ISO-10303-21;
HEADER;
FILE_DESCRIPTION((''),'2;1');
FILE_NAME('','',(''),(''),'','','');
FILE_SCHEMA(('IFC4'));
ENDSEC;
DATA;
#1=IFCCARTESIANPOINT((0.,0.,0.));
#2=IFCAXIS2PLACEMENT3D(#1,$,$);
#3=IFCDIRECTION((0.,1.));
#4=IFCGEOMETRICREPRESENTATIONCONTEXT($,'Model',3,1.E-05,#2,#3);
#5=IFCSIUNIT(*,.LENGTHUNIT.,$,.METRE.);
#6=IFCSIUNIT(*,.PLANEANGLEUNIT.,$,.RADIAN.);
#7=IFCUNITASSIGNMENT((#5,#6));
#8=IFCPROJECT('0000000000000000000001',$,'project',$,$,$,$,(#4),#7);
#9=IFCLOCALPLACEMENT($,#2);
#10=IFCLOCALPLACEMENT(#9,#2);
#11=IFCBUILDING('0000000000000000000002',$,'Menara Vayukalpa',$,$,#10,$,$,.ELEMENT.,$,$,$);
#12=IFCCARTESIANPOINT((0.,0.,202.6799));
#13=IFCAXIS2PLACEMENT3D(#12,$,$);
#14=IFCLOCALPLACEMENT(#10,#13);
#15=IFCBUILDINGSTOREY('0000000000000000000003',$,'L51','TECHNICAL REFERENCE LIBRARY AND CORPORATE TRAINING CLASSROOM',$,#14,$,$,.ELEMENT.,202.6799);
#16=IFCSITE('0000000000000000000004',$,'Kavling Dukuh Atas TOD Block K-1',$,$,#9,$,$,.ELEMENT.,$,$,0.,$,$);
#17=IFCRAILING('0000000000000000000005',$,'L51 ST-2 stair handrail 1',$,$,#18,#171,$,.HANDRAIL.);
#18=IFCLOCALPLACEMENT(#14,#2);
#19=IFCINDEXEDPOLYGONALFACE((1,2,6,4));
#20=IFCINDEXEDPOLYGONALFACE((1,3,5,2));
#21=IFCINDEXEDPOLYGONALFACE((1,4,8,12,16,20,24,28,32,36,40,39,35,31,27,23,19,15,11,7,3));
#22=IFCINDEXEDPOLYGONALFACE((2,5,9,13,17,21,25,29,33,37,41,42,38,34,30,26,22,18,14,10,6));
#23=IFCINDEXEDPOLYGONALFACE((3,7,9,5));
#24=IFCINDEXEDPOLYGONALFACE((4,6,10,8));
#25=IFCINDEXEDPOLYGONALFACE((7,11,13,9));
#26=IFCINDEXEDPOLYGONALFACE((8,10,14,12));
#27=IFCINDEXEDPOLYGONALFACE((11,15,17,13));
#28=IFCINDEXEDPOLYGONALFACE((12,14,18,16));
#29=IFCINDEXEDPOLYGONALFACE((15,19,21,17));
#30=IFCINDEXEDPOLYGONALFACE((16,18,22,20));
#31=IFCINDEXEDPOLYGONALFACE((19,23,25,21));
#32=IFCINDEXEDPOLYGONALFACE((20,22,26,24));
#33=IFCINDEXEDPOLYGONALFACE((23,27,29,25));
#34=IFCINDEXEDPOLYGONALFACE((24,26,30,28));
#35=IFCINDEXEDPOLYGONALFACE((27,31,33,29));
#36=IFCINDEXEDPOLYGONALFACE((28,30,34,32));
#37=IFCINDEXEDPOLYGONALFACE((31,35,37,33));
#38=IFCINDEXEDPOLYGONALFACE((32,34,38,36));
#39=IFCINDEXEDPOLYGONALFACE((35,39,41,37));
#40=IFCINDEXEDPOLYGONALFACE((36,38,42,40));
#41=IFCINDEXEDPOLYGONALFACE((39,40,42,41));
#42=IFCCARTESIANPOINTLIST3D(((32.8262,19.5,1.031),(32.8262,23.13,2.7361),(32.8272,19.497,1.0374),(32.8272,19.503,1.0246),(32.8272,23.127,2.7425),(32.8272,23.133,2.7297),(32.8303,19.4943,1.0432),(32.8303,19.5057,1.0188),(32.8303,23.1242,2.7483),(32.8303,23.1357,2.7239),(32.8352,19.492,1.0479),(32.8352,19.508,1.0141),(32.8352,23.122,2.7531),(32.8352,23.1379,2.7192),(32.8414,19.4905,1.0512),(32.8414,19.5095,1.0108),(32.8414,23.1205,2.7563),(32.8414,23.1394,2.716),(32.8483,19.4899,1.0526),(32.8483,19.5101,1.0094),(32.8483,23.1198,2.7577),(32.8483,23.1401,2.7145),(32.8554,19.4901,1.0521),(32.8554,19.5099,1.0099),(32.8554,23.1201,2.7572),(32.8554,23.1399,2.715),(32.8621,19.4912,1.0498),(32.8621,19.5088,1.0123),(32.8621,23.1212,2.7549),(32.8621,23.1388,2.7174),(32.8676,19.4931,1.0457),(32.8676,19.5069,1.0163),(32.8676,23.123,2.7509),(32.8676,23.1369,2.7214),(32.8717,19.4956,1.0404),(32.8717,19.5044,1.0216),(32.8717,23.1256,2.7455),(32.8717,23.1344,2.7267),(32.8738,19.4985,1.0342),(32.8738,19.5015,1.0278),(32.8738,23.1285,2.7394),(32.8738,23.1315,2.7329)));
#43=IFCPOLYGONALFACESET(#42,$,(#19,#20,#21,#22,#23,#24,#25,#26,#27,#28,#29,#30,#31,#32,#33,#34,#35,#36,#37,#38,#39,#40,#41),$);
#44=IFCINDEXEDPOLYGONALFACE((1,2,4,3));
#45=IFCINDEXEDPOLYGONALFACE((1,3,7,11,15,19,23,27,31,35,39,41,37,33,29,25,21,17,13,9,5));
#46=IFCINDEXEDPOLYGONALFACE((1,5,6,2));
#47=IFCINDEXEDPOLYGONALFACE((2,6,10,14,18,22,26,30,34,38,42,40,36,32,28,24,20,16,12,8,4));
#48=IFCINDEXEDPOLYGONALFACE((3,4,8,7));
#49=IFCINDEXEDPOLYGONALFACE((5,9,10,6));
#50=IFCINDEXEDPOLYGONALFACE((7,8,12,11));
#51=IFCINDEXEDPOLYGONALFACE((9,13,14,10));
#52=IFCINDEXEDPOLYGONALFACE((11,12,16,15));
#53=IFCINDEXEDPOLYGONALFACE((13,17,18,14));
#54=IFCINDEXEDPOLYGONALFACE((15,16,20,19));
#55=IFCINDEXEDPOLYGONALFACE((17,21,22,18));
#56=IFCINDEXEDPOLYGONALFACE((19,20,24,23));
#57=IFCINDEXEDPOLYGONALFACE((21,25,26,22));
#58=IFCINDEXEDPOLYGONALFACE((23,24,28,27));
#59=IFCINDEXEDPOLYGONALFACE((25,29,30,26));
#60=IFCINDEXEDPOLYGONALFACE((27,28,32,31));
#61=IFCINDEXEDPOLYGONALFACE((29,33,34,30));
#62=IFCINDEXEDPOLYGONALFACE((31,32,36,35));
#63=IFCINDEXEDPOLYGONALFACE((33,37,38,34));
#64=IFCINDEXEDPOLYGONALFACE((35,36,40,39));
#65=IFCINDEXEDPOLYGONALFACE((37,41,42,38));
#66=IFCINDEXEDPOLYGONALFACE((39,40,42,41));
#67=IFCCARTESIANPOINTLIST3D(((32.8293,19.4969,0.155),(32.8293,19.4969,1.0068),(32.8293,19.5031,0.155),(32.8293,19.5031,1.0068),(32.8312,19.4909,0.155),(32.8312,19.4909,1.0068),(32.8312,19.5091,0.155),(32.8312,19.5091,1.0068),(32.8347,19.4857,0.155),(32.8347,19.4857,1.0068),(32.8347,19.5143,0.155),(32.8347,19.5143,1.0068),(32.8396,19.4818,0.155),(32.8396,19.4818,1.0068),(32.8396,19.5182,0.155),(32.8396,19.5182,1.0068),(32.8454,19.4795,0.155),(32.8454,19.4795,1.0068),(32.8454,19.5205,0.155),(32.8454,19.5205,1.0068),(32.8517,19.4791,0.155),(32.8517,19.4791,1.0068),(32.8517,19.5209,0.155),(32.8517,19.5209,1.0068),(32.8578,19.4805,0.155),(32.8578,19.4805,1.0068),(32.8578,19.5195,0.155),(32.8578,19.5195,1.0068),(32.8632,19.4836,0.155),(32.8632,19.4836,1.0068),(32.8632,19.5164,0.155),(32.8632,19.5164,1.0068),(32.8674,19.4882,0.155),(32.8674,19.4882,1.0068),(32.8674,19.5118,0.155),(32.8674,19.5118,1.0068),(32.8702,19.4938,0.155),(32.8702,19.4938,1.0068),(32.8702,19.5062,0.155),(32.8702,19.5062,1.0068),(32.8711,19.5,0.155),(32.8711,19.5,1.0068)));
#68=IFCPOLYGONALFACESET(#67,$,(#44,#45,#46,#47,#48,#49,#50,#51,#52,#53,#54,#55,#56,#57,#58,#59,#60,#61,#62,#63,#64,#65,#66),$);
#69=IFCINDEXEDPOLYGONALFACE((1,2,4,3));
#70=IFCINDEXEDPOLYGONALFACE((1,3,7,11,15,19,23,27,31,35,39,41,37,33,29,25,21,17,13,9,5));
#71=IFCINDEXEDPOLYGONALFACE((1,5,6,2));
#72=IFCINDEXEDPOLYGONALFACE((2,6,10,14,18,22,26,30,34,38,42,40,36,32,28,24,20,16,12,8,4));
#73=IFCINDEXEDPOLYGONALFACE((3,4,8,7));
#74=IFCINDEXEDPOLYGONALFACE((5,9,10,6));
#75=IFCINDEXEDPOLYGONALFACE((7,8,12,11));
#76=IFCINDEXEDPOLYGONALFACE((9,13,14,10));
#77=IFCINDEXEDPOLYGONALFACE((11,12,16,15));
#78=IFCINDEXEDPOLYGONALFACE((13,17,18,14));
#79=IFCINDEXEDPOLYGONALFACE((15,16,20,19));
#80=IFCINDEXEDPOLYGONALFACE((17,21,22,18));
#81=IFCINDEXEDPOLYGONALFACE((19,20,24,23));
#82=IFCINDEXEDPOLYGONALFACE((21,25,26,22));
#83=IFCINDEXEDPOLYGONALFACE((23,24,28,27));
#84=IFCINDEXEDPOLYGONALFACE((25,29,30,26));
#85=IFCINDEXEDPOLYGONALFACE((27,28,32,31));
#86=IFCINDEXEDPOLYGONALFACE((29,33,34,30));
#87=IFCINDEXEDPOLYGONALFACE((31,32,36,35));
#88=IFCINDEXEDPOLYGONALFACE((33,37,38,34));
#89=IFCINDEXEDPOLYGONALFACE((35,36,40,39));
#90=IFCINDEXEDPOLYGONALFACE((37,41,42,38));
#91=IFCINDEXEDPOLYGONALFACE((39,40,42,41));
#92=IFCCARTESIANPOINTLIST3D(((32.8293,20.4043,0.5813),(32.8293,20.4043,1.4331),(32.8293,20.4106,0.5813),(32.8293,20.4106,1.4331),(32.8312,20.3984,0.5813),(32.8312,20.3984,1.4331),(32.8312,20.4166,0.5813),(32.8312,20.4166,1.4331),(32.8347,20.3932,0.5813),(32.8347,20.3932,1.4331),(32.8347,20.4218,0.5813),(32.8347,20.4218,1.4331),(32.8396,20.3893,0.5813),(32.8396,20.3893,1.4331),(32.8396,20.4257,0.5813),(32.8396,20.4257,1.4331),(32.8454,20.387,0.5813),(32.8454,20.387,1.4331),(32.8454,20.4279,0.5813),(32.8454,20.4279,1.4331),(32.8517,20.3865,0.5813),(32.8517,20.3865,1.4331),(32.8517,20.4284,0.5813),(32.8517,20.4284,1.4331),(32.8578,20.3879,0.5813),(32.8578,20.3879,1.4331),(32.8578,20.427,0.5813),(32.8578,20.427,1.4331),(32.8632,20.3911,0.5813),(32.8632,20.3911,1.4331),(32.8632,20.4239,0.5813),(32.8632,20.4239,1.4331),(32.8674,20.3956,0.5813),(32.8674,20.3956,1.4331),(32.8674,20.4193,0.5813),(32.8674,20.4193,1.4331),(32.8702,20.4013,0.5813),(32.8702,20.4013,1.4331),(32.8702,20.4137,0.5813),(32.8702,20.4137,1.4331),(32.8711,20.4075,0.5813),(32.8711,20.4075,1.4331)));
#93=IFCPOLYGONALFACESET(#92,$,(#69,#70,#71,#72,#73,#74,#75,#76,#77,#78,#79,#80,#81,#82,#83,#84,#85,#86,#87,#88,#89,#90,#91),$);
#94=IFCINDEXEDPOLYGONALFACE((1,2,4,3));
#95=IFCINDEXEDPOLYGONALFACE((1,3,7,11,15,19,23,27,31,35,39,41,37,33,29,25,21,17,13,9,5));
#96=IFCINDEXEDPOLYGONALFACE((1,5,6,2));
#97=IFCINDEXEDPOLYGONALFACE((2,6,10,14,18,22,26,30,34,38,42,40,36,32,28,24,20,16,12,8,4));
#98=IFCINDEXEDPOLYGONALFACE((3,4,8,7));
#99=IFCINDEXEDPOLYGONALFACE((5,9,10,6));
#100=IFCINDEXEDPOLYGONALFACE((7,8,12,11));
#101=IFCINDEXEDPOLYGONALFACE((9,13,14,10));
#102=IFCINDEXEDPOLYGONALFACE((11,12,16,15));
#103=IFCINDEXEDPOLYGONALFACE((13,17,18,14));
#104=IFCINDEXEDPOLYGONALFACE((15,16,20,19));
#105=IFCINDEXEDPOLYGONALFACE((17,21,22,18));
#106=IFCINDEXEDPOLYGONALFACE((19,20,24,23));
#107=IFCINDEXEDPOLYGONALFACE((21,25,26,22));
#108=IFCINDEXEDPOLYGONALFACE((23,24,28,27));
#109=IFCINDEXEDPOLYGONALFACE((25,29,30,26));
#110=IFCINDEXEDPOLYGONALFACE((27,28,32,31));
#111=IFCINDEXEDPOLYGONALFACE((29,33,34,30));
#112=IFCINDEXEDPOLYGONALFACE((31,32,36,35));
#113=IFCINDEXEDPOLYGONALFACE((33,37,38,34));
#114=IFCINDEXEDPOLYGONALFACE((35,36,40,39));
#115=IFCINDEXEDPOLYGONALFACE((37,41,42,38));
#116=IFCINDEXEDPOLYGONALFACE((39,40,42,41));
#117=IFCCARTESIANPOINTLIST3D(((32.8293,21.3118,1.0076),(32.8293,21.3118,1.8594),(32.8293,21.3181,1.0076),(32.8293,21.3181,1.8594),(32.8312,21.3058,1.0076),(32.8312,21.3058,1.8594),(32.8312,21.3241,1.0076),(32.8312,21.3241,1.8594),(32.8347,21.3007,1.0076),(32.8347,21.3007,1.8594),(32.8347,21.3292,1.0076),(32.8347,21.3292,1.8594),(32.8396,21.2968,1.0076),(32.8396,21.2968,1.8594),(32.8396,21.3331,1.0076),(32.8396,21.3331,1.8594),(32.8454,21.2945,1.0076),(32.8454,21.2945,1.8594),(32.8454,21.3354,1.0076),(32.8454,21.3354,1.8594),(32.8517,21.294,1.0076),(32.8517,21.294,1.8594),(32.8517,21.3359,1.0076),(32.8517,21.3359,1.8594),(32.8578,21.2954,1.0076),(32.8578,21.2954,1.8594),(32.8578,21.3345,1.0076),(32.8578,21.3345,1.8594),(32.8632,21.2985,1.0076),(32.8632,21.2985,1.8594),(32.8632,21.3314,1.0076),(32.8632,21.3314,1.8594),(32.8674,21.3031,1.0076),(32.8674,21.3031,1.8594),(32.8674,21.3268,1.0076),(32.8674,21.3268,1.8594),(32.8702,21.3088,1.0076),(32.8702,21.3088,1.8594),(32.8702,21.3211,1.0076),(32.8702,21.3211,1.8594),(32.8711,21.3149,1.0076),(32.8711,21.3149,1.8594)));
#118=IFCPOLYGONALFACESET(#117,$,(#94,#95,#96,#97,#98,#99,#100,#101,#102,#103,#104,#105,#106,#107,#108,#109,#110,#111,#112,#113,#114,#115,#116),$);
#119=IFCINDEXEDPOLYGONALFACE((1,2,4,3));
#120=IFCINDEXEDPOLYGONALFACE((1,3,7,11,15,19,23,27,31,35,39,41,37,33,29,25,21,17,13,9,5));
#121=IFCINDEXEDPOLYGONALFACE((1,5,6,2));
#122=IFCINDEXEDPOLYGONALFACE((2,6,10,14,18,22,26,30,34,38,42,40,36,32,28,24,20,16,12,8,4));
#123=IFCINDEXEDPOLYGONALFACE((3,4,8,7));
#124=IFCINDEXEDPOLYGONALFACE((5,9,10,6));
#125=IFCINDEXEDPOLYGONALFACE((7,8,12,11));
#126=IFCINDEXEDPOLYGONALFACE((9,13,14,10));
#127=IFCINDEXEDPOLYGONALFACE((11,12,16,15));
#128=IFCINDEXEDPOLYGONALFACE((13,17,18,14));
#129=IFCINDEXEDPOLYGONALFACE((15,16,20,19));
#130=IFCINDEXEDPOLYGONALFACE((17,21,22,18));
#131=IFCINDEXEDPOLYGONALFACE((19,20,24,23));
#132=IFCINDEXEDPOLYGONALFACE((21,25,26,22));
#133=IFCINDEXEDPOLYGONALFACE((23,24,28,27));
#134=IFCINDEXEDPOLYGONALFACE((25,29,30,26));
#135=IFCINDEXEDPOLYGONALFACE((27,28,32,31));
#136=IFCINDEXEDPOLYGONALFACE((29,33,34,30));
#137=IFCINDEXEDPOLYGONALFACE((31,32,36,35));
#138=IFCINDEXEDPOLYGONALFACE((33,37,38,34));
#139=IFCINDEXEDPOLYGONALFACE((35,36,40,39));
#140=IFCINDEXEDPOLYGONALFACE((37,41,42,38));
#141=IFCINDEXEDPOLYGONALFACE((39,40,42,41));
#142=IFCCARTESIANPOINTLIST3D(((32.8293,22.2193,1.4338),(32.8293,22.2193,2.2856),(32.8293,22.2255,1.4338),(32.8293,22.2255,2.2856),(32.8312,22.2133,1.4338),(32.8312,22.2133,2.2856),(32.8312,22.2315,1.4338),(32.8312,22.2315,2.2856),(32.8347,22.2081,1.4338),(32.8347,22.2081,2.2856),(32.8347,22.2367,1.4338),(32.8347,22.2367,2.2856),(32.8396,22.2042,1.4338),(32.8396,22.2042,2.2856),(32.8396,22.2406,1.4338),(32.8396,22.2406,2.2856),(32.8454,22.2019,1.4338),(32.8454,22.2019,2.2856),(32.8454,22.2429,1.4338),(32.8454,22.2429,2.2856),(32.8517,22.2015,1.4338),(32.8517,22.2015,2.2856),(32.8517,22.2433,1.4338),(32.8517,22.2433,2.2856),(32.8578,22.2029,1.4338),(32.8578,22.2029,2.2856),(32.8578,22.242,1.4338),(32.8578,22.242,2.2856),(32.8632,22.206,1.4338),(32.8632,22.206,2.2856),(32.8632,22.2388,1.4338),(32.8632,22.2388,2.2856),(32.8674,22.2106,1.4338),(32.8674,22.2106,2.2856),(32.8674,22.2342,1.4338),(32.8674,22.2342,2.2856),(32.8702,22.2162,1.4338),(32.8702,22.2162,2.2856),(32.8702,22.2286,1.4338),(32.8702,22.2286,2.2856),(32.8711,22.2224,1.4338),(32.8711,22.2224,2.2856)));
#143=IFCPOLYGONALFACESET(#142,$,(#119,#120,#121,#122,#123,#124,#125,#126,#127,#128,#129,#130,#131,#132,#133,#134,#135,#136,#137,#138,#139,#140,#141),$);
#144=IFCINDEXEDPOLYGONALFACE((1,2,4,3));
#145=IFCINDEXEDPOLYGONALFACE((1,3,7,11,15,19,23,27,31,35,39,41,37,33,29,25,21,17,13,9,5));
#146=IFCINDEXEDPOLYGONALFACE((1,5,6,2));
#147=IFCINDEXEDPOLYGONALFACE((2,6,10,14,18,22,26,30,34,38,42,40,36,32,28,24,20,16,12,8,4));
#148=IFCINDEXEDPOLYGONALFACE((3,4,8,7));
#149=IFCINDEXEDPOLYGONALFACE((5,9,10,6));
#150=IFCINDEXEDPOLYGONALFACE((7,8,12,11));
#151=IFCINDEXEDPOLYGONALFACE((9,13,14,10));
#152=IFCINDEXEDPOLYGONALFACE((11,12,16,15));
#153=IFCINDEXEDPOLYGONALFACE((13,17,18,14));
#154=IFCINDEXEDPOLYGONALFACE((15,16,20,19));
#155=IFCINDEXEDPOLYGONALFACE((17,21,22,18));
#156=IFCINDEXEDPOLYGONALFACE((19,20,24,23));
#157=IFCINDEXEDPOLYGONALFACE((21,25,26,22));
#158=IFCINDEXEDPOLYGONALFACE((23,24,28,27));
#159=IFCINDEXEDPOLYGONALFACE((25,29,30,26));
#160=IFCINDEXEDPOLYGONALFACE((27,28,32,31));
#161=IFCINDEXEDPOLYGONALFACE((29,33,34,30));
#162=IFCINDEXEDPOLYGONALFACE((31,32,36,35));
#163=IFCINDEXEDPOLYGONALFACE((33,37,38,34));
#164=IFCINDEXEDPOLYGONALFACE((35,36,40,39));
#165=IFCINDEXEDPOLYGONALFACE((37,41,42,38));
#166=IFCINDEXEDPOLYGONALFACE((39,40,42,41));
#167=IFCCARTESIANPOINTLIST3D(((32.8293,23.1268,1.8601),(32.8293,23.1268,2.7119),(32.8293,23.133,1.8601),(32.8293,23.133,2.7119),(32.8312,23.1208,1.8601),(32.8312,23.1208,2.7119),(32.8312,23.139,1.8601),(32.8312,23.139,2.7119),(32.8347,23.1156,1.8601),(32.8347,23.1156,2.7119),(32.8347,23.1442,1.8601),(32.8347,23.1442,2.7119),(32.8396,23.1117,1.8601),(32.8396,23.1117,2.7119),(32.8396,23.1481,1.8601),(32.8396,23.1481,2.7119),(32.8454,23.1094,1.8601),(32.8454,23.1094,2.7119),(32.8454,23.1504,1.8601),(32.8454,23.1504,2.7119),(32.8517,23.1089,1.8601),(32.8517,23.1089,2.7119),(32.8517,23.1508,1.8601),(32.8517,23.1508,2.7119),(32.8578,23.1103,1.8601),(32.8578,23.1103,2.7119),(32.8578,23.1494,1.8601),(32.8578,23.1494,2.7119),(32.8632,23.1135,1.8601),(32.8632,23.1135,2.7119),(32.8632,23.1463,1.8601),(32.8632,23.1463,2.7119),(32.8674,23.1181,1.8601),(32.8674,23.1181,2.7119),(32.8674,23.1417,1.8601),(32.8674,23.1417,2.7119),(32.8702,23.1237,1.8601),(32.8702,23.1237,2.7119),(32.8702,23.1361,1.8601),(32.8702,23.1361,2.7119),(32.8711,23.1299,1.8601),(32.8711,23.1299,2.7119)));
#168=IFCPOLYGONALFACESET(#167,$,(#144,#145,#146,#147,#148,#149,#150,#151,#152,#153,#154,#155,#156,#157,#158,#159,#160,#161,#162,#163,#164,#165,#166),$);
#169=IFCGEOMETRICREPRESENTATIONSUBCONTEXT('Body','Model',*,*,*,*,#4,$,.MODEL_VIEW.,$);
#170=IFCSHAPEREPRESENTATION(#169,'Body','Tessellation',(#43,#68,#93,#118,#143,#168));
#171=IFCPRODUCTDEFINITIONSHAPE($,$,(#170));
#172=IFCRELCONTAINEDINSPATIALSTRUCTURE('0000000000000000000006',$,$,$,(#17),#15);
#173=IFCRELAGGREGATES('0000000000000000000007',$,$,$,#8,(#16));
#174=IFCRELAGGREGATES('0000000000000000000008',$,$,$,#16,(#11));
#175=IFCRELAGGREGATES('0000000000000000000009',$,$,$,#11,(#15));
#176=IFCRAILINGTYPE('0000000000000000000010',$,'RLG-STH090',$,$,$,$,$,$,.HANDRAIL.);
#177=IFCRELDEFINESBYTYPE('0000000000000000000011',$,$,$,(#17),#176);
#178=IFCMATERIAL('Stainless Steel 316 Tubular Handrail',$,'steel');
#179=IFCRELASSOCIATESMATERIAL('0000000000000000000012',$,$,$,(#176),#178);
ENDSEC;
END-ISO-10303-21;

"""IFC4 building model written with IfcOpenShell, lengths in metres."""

from ifc_helpers import new_model, si_unit, direction, frame, origin, origin_2d, place, context, subcontext, project, spatial, circle, extrude, material, type_object, element, save


model = new_model("IFC4")

# Units and contexts
model_context = context("Model", 3, precision=1e-05, world=origin(), true_north=direction((0.0, 1.0)))
body_context = subcontext(model_context, "Body", "Model", "MODEL_VIEW")
ifc_project = project(units=[si_unit("LENGTHUNIT", "METRE"), si_unit("PLANEANGLEUNIT", "RADIAN")], contexts=[model_context])

# Site, building, storey
site_placement = place(None, origin())
site = spatial("IfcSite", under=ifc_project, at=site_placement, Name="Kavling Dukuh Atas TOD Block K-1", CompositionType="ELEMENT", RefElevation=0.0)
building_placement = place(site_placement, origin())
building = spatial("IfcBuilding", under=site, at=building_placement, Name="Menara Vayukalpa", CompositionType="ELEMENT")
storey_placement = place(building_placement, frame((0.0, 0.0, 202.6799)))
storey = spatial("IfcBuildingStorey", under=building, at=storey_placement, Name="L51", Description="TECHNICAL REFERENCE LIBRARY AND CORPORATE TRAINING CLASSROOM", CompositionType="ELEMENT", Elevation=202.6799)

# Railing
ifc_material_1 = material(Name="Stainless Steel 316 Tubular Handrail", Category="steel")
railing_type_1 = type_object("IfcRailingType", Name="RLG-STH090", PredefinedType="HANDRAIL", material=ifc_material_1)
railing_1_placement = place(storey_placement, frame((32.8501, 19.5, 0.155)))
element("IfcRailing", 1, at=railing_1_placement, inside=storey, type_object=railing_type_1, Name="L51 ST-2 stair handrail 1", PredefinedType="HANDRAIL", context=body_context, shape_type="SweptSolid", body=[
    extrude(circle(Radius=0.0239, at=origin_2d()), frame((0.0, 0.0, 0.876), z_axis=(0.0, 0.905116, 0.425164), x_axis=(-1.0, 0.0, 0.0)), (0.0, 0.0, 1.0), 4.0105),
    extrude(circle(Radius=0.021, at=origin_2d()), origin(), (0.0, 0.0, 1.0), 0.8518),
    extrude(circle(Radius=0.021, at=origin_2d()), frame((0.0, 0.9075, 0.4263)), (0.0, 0.0, 1.0), 0.8518),
    extrude(circle(Radius=0.021, at=origin_2d()), frame((0.0, 1.8149, 0.8525)), (0.0, 0.0, 1.0), 0.8518),
    extrude(circle(Radius=0.021, at=origin_2d()), frame((0.0, 2.7224, 1.2788)), (0.0, 0.0, 1.0), 0.8518),
    extrude(circle(Radius=0.021, at=origin_2d()), frame((0.0, 3.6299, 1.7051)), (0.0, 0.0, 1.0), 0.8518),
])

save(model, "model.ifc")
